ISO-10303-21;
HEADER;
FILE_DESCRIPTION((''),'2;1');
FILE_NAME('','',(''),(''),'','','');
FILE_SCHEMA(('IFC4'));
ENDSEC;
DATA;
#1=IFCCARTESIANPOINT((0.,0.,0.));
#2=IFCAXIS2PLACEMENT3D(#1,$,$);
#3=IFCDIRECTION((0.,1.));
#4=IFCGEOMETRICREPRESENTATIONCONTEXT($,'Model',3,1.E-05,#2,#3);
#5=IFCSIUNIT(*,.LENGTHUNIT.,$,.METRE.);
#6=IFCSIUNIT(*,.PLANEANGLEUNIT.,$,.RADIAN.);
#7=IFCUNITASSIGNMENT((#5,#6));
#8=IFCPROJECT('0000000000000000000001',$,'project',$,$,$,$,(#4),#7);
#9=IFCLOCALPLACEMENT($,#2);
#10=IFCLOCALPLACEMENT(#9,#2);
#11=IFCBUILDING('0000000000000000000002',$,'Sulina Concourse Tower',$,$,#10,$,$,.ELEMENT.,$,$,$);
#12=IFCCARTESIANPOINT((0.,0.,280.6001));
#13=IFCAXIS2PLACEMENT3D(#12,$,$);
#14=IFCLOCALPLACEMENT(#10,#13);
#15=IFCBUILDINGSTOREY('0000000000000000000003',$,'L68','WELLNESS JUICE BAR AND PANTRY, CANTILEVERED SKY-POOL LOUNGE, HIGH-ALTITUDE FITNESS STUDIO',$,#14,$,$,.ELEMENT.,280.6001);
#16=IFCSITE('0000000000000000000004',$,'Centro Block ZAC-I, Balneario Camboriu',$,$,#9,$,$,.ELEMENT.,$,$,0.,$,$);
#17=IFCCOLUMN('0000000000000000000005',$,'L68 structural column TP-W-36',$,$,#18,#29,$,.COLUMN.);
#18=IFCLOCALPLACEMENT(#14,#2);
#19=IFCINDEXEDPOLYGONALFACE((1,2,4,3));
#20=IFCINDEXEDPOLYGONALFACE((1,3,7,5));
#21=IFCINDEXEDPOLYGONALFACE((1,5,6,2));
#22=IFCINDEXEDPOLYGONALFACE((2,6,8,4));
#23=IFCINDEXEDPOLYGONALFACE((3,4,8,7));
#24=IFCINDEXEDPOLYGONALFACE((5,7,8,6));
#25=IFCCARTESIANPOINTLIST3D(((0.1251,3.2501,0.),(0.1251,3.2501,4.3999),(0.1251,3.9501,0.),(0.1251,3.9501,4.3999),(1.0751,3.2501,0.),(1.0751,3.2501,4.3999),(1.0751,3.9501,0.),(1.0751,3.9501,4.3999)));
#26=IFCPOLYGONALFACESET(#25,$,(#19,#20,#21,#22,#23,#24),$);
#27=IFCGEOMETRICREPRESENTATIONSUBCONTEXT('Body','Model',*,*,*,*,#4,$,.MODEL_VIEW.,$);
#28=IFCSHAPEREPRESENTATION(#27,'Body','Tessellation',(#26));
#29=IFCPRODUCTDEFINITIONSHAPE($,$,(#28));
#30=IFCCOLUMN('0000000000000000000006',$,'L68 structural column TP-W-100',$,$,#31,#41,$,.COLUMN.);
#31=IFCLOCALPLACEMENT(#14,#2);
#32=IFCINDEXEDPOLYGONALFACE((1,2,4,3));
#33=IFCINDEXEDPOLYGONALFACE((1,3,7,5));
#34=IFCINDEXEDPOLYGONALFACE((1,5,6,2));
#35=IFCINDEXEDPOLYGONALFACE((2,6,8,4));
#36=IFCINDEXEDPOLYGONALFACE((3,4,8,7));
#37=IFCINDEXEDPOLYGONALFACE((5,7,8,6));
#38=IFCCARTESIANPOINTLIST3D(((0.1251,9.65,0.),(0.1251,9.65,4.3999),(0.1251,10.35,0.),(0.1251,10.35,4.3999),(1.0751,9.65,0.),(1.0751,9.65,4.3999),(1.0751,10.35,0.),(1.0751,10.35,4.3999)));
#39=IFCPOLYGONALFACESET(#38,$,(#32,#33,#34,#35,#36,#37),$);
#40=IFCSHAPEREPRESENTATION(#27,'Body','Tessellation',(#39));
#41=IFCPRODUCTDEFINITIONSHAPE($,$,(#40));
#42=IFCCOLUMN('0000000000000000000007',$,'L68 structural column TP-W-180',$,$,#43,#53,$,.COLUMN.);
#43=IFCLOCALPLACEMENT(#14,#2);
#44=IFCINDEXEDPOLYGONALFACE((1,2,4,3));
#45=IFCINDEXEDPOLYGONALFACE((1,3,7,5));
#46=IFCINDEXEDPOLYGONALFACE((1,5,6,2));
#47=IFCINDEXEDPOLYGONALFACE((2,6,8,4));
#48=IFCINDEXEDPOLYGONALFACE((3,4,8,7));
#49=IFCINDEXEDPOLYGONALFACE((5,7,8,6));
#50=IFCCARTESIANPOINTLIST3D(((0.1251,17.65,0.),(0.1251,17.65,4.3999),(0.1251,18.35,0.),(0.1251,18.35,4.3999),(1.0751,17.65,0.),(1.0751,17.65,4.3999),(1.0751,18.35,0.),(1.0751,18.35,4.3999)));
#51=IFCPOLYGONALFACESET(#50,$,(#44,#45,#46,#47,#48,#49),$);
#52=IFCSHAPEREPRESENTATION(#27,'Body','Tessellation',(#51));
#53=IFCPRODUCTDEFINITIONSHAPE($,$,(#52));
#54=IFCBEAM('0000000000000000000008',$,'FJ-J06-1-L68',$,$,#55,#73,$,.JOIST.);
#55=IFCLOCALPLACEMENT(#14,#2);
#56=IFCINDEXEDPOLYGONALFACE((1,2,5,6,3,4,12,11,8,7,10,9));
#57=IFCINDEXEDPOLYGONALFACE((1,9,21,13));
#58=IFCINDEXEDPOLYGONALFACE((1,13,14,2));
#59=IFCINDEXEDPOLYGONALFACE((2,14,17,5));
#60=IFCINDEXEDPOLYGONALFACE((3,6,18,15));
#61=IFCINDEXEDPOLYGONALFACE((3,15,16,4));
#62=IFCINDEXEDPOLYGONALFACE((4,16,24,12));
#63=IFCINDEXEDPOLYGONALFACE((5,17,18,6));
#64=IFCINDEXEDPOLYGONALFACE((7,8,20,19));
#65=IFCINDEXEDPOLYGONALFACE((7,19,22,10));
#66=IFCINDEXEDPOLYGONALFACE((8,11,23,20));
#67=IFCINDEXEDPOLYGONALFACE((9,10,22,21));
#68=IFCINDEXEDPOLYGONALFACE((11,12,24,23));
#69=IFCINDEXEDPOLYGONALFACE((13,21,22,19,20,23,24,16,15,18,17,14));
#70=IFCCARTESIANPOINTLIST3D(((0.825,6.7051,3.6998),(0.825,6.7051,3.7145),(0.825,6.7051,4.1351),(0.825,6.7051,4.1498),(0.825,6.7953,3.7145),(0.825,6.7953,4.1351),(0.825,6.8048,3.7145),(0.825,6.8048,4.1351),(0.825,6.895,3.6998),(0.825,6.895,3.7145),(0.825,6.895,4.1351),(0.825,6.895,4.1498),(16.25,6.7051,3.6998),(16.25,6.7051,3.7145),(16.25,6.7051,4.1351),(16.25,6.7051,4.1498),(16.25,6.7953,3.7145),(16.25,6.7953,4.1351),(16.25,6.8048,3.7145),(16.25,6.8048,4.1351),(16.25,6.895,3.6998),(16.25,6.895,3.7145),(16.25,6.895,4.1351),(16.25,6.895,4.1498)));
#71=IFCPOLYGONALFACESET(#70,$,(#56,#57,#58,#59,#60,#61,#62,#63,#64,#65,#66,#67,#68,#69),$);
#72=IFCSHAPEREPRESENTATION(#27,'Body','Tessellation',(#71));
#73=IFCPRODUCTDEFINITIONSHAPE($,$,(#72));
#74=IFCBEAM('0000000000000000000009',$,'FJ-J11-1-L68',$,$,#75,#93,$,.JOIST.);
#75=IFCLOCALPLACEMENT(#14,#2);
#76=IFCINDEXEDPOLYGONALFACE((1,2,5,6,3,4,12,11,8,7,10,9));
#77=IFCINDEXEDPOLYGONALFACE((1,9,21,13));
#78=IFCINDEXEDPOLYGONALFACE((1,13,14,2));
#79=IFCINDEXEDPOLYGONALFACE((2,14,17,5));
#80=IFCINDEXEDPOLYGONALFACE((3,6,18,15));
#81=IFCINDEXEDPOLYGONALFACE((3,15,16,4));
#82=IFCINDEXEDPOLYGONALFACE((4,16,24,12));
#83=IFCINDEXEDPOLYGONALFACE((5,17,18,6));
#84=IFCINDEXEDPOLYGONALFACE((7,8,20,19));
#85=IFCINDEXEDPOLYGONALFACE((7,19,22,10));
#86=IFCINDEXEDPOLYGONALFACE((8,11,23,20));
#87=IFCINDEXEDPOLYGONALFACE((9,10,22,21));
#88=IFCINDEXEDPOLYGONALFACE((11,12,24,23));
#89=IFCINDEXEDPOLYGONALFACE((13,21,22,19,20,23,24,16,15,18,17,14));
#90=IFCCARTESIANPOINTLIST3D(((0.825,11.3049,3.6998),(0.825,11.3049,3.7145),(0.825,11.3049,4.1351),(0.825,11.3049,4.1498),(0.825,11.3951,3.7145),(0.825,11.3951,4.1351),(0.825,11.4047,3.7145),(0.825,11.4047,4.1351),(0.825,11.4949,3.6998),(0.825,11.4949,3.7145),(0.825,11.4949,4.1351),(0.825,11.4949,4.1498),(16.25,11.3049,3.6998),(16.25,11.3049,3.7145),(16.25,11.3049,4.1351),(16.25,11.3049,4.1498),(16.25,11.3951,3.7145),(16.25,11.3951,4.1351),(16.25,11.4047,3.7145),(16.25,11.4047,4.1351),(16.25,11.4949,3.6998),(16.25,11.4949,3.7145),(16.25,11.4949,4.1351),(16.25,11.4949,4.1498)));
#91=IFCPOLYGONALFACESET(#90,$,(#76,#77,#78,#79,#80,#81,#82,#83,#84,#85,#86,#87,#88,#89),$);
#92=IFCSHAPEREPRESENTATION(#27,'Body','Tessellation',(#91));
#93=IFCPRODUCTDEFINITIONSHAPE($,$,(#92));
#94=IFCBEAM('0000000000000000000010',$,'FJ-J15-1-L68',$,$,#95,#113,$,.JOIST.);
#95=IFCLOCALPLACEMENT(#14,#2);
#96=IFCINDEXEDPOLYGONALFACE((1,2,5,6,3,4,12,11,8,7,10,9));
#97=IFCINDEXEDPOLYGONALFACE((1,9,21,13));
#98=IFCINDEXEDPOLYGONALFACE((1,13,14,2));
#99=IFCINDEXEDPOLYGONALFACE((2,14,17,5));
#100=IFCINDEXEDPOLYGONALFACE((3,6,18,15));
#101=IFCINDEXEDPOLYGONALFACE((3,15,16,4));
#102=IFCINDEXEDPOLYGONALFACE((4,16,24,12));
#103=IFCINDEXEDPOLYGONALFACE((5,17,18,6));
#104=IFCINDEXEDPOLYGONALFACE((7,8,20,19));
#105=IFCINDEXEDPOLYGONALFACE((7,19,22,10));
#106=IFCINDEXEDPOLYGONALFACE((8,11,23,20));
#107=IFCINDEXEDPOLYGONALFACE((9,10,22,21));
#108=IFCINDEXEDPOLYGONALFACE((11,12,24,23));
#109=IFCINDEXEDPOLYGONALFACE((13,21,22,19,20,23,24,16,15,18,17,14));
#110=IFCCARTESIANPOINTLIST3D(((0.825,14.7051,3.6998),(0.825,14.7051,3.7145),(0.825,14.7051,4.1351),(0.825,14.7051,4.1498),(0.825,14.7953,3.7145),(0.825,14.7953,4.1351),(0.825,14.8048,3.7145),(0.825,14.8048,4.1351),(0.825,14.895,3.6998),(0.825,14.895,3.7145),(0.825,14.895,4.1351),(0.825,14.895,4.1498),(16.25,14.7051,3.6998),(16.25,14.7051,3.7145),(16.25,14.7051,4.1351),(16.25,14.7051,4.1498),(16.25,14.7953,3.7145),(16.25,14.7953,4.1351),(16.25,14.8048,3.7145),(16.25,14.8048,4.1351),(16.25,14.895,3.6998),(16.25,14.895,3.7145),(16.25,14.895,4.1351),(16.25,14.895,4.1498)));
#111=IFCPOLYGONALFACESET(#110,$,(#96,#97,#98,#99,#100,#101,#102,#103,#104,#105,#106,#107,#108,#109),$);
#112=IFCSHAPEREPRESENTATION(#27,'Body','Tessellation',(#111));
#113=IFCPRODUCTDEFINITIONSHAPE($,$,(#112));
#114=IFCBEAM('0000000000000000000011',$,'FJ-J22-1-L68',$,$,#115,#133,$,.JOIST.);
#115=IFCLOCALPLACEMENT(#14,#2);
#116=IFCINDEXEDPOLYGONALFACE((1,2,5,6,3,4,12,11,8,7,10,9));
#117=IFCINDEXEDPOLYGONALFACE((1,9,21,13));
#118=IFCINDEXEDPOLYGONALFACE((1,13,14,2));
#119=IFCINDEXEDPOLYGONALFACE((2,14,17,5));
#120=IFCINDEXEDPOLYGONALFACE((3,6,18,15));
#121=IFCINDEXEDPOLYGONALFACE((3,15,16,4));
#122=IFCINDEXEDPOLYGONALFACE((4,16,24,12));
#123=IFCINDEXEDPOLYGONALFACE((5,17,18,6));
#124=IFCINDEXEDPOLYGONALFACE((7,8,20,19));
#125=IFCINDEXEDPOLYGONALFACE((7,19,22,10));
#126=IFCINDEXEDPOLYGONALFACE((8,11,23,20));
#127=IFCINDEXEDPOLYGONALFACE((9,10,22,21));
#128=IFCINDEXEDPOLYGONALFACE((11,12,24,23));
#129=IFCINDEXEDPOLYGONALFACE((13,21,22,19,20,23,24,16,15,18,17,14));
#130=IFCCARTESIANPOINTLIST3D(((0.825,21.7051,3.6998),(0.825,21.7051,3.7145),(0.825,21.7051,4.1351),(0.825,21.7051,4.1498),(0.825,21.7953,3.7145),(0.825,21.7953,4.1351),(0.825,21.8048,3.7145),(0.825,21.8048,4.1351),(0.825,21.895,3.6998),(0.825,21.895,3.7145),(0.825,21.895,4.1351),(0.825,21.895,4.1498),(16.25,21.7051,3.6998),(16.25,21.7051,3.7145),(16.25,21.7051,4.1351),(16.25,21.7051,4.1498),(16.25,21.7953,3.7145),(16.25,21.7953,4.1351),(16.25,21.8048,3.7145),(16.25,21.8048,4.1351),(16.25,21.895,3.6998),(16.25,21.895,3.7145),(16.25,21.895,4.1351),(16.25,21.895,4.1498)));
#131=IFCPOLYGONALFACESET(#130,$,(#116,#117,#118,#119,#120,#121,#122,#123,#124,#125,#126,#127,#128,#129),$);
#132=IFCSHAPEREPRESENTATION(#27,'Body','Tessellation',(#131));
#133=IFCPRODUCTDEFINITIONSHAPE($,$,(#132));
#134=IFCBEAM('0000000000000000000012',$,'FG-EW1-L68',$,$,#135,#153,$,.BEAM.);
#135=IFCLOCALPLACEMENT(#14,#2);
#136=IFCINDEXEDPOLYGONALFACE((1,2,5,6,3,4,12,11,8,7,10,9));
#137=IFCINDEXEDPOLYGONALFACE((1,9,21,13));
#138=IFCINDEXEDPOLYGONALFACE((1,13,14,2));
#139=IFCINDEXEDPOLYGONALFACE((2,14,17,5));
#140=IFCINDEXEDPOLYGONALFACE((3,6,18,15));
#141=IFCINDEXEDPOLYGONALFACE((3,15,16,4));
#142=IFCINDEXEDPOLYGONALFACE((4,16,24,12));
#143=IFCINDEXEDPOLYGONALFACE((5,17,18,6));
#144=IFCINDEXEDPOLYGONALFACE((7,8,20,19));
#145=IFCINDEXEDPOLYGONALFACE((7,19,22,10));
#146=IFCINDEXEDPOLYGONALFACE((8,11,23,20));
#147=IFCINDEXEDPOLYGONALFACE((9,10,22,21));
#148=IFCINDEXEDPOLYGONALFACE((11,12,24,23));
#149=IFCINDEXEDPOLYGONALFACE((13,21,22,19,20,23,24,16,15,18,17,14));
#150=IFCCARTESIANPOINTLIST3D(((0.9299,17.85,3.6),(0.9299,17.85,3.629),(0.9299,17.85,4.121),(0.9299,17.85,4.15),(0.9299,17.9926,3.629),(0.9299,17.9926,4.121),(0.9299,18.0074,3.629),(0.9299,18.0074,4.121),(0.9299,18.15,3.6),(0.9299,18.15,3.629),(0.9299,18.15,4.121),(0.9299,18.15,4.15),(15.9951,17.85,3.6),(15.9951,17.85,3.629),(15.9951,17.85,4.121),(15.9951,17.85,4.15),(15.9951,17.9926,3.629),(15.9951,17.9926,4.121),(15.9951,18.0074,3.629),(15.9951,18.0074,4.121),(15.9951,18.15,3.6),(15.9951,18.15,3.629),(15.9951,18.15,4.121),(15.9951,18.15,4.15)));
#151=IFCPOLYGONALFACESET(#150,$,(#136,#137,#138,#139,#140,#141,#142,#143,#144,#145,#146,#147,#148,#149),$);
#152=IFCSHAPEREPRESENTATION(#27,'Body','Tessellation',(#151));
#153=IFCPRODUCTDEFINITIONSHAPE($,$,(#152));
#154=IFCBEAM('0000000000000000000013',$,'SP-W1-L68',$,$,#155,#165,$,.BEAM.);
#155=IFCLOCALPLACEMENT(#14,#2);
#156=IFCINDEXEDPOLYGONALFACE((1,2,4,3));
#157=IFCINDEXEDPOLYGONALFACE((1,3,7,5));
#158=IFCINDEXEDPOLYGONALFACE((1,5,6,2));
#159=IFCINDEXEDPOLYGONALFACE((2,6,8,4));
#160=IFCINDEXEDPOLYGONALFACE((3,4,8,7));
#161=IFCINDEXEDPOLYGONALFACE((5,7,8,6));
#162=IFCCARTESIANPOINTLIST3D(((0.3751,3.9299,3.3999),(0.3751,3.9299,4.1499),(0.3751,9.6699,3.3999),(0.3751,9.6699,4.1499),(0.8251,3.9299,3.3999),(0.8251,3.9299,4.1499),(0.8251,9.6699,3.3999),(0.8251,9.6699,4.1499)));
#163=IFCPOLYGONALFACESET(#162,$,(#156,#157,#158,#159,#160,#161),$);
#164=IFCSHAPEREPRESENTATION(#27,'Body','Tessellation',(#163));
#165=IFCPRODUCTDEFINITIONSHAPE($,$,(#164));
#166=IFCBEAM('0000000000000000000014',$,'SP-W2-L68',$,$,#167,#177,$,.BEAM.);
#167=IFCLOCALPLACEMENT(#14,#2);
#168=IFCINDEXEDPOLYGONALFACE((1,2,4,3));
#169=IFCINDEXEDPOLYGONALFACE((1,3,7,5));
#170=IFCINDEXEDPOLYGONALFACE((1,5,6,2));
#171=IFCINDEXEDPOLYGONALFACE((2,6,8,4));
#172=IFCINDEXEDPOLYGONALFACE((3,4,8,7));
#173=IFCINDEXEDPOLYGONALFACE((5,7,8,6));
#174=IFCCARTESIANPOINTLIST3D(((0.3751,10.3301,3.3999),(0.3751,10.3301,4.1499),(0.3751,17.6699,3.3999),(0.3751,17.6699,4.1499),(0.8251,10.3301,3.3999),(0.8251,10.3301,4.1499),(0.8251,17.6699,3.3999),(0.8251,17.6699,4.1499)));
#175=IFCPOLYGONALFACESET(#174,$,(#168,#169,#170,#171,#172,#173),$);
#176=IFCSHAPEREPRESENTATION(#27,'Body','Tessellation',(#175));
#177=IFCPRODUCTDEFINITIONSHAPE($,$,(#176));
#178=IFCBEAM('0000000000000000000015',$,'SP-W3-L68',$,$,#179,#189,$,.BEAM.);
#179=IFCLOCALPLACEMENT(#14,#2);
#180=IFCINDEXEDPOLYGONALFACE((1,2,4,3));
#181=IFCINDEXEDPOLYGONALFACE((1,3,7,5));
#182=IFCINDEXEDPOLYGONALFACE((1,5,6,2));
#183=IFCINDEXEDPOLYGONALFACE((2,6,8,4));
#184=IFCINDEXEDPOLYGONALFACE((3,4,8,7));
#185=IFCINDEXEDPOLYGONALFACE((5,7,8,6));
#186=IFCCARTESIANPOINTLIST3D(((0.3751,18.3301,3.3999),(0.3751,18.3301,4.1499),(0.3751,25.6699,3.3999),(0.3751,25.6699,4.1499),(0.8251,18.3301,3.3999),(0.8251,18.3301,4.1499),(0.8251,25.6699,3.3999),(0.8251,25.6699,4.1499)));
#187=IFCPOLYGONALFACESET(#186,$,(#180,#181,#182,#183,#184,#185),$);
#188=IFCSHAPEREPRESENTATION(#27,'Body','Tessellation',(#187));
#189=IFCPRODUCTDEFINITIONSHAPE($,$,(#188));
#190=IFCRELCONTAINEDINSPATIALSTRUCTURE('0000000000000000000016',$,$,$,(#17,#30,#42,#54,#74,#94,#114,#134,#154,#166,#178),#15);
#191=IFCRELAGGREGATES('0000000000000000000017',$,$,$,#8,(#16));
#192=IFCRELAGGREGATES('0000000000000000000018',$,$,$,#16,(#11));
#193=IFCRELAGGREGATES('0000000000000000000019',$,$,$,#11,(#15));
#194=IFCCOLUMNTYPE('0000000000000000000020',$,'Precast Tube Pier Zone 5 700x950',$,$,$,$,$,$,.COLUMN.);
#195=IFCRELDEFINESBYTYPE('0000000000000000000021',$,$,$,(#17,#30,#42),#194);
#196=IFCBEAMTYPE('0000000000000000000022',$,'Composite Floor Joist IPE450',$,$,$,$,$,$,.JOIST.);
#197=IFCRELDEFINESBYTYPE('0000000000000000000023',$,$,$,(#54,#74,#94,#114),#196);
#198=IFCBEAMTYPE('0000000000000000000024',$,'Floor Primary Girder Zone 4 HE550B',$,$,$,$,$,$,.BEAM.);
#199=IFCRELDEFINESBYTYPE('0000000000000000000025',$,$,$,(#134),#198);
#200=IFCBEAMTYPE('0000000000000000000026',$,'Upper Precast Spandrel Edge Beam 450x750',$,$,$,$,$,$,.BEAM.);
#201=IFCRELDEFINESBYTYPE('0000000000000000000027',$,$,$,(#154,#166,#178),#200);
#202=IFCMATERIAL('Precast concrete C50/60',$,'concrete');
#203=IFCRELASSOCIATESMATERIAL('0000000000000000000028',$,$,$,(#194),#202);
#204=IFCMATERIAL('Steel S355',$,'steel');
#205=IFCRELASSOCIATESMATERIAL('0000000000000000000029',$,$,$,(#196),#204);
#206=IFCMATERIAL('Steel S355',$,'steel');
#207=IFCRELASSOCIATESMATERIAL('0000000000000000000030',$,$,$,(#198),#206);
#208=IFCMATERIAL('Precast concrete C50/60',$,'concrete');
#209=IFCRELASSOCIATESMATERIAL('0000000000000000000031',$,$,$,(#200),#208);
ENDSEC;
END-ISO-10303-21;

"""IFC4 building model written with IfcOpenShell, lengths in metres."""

from ifc_helpers import new_model, si_unit, direction, frame, origin, origin_2d, place, context, subcontext, project, spatial, rectangle, i_section, extrude, material, material_profile, profile_set, type_object, element, save


model = new_model("IFC4")

# Units and contexts
model_context = context("Model", 3, precision=1e-05, world=origin(), true_north=direction((0.0, 1.0)))
body_context = subcontext(model_context, "Body", "Model", "MODEL_VIEW")
ifc_project = project(units=[si_unit("LENGTHUNIT", "METRE"), si_unit("PLANEANGLEUNIT", "RADIAN")], contexts=[model_context])

# Site, building, storey
site_placement = place(None, origin())
site = spatial("IfcSite", under=ifc_project, at=site_placement, Name="Centro Block ZAC-I, Balneario Camboriu", CompositionType="ELEMENT", RefElevation=0.0)
building_placement = place(site_placement, origin())
building = spatial("IfcBuilding", under=site, at=building_placement, Name="Sulina Concourse Tower", CompositionType="ELEMENT")
storey_placement = place(building_placement, frame((0.0, 0.0, 280.6001)))
storey = spatial("IfcBuildingStorey", under=building, at=storey_placement, Name="L68", Description="WELLNESS JUICE BAR AND PANTRY, CANTILEVERED SKY-POOL LOUNGE, HIGH-ALTITUDE FITNESS STUDIO", CompositionType="ELEMENT", Elevation=280.6001)

# Columns
ifc_material_1 = material(Name="Precast concrete C50/60", Category="concrete")
ifc_material_profile_1 = material_profile(ifc_material_1, rectangle(XDim=0.7, YDim=0.95, at=origin_2d()), Name="PC 700x950")
ifc_profile_set_1 = profile_set([ifc_material_profile_1], Name="Precast concrete C50/60")
column_type = type_object("IfcColumnType", Name="Precast Tube Pier Zone 5 700x950", PredefinedType="COLUMN", material=ifc_profile_set_1)
for number, where, z_axis, x_axis, name in (
    (1, (0.6001, 3.6001, 0.0), (0.0, 0.0, 1.0), (0.0, 1.0, 0.0), "L68 structural column TP-W-36"),
    (2, (0.6001, 10.0, 0.0), (0.0, 0.0, 1.0), (0.0, 1.0, 0.0), "L68 structural column TP-W-100"),
    (3, (0.6001, 18.0, 0.0), (0.0, 0.0, 1.0), (0.0, 1.0, 0.0), "L68 structural column TP-W-180"),
):
    element("IfcColumn", number, at=place(storey_placement, frame(where, z_axis=z_axis, x_axis=x_axis)), inside=storey, type_object=column_type, Name=name, PredefinedType="COLUMN", context=body_context, shape_type="SweptSolid", body=[
        extrude(rectangle(XDim=0.7, YDim=0.95, at=origin_2d()), origin(), (0.0, 0.0, 1.0), 4.3999),
    ])

# Beams
ifc_material_2 = material(Name="Steel S355", Category="steel")
ifc_material_profile_2 = material_profile(ifc_material_2, i_section(OverallWidth=0.1899, OverallDepth=0.45, WebThickness=0.0095, FlangeThickness=0.0146, at=origin_2d()), Name="IPE 450")
ifc_profile_set_2 = profile_set([ifc_material_profile_2], Name="Steel S355")
beam_type_1 = type_object("IfcBeamType", Name="Composite Floor Joist IPE450", PredefinedType="JOIST", material=ifc_profile_set_2)
for number, where, z_axis, x_axis, name in (
    (4, (0.825, 6.8, 3.9248), (1.0, 0.0, 0.0), (0.0, 1.0, 0.0), "FJ-J06-1-L68"),
    (5, (0.825, 11.3999, 3.9248), (1.0, 0.0, 0.0), (0.0, 1.0, 0.0), "FJ-J11-1-L68"),
    (6, (0.825, 14.8, 3.9248), (1.0, 0.0, 0.0), (0.0, 1.0, 0.0), "FJ-J15-1-L68"),
    (7, (0.825, 21.8, 3.9248), (1.0, 0.0, 0.0), (0.0, 1.0, 0.0), "FJ-J22-1-L68"),
):
    element("IfcBeam", number, at=place(storey_placement, frame(where, z_axis=z_axis, x_axis=x_axis)), inside=storey, type_object=beam_type_1, Name=name, PredefinedType="JOIST", context=body_context, shape_type="SweptSolid", body=[
        extrude(i_section(OverallWidth=0.1899, OverallDepth=0.45, WebThickness=0.0095, FlangeThickness=0.0146, at=origin_2d()), origin(), (0.0, 0.0, 1.0), 15.425),
    ])
ifc_material_3 = material(Name="Steel S355", Category="steel")
ifc_material_profile_3 = material_profile(ifc_material_3, i_section(OverallWidth=0.3, OverallDepth=0.55, WebThickness=0.0149, FlangeThickness=0.0291, at=origin_2d()), Name="HE 550 B")
ifc_profile_set_3 = profile_set([ifc_material_profile_3], Name="Steel S355")
beam_type_2 = type_object("IfcBeamType", Name="Floor Primary Girder Zone 4 HE550B", PredefinedType="BEAM", material=ifc_profile_set_3)
beam_1_placement = place(storey_placement, frame((0.9299, 18.0, 3.875), z_axis=(1.0, 0.0, 0.0), x_axis=(0.0, 1.0, 0.0)))
element("IfcBeam", 8, at=beam_1_placement, inside=storey, type_object=beam_type_2, Name="FG-EW1-L68", PredefinedType="BEAM", context=body_context, shape_type="SweptSolid", body=[
    extrude(i_section(OverallWidth=0.3, OverallDepth=0.55, WebThickness=0.0149, FlangeThickness=0.0291, at=origin_2d()), origin(), (0.0, 0.0, 1.0), 15.0652),
])
ifc_material_4 = material(Name="Precast concrete C50/60", Category="concrete")
ifc_material_profile_4 = material_profile(ifc_material_4, rectangle(XDim=0.45, YDim=0.75, at=origin_2d()), Name="RC 450x750")
ifc_profile_set_4 = profile_set([ifc_material_profile_4], Name="Precast concrete C50/60")
beam_type_3 = type_object("IfcBeamType", Name="Upper Precast Spandrel Edge Beam 450x750", PredefinedType="BEAM", material=ifc_profile_set_4)
beam_2_placement = place(storey_placement, frame((0.6001, 3.9299, 3.7749), z_axis=(0.0, 1.0, 0.0), x_axis=(-1.0, 0.0, 0.0)))
element("IfcBeam", 9, at=beam_2_placement, inside=storey, type_object=beam_type_3, Name="SP-W1-L68", PredefinedType="BEAM", context=body_context, shape_type="SweptSolid", body=[
    extrude(rectangle(XDim=0.45, YDim=0.75, at=origin_2d()), origin(), (0.0, 0.0, 1.0), 5.74),
])
for number, where, z_axis, x_axis, name in (
    (10, (0.6001, 10.3301, 3.7749), (0.0, 1.0, 0.0), (-1.0, 0.0, 0.0), "SP-W2-L68"),
    (11, (0.6001, 18.3301, 3.7749), (0.0, 1.0, 0.0), (-1.0, 0.0, 0.0), "SP-W3-L68"),
):
    element("IfcBeam", number, at=place(storey_placement, frame(where, z_axis=z_axis, x_axis=x_axis)), inside=storey, type_object=beam_type_3, Name=name, PredefinedType="BEAM", context=body_context, shape_type="SweptSolid", body=[
        extrude(rectangle(XDim=0.45, YDim=0.75, at=origin_2d()), origin(), (0.0, 0.0, 1.0), 7.3398),
    ])

save(model, "model.ifc")
